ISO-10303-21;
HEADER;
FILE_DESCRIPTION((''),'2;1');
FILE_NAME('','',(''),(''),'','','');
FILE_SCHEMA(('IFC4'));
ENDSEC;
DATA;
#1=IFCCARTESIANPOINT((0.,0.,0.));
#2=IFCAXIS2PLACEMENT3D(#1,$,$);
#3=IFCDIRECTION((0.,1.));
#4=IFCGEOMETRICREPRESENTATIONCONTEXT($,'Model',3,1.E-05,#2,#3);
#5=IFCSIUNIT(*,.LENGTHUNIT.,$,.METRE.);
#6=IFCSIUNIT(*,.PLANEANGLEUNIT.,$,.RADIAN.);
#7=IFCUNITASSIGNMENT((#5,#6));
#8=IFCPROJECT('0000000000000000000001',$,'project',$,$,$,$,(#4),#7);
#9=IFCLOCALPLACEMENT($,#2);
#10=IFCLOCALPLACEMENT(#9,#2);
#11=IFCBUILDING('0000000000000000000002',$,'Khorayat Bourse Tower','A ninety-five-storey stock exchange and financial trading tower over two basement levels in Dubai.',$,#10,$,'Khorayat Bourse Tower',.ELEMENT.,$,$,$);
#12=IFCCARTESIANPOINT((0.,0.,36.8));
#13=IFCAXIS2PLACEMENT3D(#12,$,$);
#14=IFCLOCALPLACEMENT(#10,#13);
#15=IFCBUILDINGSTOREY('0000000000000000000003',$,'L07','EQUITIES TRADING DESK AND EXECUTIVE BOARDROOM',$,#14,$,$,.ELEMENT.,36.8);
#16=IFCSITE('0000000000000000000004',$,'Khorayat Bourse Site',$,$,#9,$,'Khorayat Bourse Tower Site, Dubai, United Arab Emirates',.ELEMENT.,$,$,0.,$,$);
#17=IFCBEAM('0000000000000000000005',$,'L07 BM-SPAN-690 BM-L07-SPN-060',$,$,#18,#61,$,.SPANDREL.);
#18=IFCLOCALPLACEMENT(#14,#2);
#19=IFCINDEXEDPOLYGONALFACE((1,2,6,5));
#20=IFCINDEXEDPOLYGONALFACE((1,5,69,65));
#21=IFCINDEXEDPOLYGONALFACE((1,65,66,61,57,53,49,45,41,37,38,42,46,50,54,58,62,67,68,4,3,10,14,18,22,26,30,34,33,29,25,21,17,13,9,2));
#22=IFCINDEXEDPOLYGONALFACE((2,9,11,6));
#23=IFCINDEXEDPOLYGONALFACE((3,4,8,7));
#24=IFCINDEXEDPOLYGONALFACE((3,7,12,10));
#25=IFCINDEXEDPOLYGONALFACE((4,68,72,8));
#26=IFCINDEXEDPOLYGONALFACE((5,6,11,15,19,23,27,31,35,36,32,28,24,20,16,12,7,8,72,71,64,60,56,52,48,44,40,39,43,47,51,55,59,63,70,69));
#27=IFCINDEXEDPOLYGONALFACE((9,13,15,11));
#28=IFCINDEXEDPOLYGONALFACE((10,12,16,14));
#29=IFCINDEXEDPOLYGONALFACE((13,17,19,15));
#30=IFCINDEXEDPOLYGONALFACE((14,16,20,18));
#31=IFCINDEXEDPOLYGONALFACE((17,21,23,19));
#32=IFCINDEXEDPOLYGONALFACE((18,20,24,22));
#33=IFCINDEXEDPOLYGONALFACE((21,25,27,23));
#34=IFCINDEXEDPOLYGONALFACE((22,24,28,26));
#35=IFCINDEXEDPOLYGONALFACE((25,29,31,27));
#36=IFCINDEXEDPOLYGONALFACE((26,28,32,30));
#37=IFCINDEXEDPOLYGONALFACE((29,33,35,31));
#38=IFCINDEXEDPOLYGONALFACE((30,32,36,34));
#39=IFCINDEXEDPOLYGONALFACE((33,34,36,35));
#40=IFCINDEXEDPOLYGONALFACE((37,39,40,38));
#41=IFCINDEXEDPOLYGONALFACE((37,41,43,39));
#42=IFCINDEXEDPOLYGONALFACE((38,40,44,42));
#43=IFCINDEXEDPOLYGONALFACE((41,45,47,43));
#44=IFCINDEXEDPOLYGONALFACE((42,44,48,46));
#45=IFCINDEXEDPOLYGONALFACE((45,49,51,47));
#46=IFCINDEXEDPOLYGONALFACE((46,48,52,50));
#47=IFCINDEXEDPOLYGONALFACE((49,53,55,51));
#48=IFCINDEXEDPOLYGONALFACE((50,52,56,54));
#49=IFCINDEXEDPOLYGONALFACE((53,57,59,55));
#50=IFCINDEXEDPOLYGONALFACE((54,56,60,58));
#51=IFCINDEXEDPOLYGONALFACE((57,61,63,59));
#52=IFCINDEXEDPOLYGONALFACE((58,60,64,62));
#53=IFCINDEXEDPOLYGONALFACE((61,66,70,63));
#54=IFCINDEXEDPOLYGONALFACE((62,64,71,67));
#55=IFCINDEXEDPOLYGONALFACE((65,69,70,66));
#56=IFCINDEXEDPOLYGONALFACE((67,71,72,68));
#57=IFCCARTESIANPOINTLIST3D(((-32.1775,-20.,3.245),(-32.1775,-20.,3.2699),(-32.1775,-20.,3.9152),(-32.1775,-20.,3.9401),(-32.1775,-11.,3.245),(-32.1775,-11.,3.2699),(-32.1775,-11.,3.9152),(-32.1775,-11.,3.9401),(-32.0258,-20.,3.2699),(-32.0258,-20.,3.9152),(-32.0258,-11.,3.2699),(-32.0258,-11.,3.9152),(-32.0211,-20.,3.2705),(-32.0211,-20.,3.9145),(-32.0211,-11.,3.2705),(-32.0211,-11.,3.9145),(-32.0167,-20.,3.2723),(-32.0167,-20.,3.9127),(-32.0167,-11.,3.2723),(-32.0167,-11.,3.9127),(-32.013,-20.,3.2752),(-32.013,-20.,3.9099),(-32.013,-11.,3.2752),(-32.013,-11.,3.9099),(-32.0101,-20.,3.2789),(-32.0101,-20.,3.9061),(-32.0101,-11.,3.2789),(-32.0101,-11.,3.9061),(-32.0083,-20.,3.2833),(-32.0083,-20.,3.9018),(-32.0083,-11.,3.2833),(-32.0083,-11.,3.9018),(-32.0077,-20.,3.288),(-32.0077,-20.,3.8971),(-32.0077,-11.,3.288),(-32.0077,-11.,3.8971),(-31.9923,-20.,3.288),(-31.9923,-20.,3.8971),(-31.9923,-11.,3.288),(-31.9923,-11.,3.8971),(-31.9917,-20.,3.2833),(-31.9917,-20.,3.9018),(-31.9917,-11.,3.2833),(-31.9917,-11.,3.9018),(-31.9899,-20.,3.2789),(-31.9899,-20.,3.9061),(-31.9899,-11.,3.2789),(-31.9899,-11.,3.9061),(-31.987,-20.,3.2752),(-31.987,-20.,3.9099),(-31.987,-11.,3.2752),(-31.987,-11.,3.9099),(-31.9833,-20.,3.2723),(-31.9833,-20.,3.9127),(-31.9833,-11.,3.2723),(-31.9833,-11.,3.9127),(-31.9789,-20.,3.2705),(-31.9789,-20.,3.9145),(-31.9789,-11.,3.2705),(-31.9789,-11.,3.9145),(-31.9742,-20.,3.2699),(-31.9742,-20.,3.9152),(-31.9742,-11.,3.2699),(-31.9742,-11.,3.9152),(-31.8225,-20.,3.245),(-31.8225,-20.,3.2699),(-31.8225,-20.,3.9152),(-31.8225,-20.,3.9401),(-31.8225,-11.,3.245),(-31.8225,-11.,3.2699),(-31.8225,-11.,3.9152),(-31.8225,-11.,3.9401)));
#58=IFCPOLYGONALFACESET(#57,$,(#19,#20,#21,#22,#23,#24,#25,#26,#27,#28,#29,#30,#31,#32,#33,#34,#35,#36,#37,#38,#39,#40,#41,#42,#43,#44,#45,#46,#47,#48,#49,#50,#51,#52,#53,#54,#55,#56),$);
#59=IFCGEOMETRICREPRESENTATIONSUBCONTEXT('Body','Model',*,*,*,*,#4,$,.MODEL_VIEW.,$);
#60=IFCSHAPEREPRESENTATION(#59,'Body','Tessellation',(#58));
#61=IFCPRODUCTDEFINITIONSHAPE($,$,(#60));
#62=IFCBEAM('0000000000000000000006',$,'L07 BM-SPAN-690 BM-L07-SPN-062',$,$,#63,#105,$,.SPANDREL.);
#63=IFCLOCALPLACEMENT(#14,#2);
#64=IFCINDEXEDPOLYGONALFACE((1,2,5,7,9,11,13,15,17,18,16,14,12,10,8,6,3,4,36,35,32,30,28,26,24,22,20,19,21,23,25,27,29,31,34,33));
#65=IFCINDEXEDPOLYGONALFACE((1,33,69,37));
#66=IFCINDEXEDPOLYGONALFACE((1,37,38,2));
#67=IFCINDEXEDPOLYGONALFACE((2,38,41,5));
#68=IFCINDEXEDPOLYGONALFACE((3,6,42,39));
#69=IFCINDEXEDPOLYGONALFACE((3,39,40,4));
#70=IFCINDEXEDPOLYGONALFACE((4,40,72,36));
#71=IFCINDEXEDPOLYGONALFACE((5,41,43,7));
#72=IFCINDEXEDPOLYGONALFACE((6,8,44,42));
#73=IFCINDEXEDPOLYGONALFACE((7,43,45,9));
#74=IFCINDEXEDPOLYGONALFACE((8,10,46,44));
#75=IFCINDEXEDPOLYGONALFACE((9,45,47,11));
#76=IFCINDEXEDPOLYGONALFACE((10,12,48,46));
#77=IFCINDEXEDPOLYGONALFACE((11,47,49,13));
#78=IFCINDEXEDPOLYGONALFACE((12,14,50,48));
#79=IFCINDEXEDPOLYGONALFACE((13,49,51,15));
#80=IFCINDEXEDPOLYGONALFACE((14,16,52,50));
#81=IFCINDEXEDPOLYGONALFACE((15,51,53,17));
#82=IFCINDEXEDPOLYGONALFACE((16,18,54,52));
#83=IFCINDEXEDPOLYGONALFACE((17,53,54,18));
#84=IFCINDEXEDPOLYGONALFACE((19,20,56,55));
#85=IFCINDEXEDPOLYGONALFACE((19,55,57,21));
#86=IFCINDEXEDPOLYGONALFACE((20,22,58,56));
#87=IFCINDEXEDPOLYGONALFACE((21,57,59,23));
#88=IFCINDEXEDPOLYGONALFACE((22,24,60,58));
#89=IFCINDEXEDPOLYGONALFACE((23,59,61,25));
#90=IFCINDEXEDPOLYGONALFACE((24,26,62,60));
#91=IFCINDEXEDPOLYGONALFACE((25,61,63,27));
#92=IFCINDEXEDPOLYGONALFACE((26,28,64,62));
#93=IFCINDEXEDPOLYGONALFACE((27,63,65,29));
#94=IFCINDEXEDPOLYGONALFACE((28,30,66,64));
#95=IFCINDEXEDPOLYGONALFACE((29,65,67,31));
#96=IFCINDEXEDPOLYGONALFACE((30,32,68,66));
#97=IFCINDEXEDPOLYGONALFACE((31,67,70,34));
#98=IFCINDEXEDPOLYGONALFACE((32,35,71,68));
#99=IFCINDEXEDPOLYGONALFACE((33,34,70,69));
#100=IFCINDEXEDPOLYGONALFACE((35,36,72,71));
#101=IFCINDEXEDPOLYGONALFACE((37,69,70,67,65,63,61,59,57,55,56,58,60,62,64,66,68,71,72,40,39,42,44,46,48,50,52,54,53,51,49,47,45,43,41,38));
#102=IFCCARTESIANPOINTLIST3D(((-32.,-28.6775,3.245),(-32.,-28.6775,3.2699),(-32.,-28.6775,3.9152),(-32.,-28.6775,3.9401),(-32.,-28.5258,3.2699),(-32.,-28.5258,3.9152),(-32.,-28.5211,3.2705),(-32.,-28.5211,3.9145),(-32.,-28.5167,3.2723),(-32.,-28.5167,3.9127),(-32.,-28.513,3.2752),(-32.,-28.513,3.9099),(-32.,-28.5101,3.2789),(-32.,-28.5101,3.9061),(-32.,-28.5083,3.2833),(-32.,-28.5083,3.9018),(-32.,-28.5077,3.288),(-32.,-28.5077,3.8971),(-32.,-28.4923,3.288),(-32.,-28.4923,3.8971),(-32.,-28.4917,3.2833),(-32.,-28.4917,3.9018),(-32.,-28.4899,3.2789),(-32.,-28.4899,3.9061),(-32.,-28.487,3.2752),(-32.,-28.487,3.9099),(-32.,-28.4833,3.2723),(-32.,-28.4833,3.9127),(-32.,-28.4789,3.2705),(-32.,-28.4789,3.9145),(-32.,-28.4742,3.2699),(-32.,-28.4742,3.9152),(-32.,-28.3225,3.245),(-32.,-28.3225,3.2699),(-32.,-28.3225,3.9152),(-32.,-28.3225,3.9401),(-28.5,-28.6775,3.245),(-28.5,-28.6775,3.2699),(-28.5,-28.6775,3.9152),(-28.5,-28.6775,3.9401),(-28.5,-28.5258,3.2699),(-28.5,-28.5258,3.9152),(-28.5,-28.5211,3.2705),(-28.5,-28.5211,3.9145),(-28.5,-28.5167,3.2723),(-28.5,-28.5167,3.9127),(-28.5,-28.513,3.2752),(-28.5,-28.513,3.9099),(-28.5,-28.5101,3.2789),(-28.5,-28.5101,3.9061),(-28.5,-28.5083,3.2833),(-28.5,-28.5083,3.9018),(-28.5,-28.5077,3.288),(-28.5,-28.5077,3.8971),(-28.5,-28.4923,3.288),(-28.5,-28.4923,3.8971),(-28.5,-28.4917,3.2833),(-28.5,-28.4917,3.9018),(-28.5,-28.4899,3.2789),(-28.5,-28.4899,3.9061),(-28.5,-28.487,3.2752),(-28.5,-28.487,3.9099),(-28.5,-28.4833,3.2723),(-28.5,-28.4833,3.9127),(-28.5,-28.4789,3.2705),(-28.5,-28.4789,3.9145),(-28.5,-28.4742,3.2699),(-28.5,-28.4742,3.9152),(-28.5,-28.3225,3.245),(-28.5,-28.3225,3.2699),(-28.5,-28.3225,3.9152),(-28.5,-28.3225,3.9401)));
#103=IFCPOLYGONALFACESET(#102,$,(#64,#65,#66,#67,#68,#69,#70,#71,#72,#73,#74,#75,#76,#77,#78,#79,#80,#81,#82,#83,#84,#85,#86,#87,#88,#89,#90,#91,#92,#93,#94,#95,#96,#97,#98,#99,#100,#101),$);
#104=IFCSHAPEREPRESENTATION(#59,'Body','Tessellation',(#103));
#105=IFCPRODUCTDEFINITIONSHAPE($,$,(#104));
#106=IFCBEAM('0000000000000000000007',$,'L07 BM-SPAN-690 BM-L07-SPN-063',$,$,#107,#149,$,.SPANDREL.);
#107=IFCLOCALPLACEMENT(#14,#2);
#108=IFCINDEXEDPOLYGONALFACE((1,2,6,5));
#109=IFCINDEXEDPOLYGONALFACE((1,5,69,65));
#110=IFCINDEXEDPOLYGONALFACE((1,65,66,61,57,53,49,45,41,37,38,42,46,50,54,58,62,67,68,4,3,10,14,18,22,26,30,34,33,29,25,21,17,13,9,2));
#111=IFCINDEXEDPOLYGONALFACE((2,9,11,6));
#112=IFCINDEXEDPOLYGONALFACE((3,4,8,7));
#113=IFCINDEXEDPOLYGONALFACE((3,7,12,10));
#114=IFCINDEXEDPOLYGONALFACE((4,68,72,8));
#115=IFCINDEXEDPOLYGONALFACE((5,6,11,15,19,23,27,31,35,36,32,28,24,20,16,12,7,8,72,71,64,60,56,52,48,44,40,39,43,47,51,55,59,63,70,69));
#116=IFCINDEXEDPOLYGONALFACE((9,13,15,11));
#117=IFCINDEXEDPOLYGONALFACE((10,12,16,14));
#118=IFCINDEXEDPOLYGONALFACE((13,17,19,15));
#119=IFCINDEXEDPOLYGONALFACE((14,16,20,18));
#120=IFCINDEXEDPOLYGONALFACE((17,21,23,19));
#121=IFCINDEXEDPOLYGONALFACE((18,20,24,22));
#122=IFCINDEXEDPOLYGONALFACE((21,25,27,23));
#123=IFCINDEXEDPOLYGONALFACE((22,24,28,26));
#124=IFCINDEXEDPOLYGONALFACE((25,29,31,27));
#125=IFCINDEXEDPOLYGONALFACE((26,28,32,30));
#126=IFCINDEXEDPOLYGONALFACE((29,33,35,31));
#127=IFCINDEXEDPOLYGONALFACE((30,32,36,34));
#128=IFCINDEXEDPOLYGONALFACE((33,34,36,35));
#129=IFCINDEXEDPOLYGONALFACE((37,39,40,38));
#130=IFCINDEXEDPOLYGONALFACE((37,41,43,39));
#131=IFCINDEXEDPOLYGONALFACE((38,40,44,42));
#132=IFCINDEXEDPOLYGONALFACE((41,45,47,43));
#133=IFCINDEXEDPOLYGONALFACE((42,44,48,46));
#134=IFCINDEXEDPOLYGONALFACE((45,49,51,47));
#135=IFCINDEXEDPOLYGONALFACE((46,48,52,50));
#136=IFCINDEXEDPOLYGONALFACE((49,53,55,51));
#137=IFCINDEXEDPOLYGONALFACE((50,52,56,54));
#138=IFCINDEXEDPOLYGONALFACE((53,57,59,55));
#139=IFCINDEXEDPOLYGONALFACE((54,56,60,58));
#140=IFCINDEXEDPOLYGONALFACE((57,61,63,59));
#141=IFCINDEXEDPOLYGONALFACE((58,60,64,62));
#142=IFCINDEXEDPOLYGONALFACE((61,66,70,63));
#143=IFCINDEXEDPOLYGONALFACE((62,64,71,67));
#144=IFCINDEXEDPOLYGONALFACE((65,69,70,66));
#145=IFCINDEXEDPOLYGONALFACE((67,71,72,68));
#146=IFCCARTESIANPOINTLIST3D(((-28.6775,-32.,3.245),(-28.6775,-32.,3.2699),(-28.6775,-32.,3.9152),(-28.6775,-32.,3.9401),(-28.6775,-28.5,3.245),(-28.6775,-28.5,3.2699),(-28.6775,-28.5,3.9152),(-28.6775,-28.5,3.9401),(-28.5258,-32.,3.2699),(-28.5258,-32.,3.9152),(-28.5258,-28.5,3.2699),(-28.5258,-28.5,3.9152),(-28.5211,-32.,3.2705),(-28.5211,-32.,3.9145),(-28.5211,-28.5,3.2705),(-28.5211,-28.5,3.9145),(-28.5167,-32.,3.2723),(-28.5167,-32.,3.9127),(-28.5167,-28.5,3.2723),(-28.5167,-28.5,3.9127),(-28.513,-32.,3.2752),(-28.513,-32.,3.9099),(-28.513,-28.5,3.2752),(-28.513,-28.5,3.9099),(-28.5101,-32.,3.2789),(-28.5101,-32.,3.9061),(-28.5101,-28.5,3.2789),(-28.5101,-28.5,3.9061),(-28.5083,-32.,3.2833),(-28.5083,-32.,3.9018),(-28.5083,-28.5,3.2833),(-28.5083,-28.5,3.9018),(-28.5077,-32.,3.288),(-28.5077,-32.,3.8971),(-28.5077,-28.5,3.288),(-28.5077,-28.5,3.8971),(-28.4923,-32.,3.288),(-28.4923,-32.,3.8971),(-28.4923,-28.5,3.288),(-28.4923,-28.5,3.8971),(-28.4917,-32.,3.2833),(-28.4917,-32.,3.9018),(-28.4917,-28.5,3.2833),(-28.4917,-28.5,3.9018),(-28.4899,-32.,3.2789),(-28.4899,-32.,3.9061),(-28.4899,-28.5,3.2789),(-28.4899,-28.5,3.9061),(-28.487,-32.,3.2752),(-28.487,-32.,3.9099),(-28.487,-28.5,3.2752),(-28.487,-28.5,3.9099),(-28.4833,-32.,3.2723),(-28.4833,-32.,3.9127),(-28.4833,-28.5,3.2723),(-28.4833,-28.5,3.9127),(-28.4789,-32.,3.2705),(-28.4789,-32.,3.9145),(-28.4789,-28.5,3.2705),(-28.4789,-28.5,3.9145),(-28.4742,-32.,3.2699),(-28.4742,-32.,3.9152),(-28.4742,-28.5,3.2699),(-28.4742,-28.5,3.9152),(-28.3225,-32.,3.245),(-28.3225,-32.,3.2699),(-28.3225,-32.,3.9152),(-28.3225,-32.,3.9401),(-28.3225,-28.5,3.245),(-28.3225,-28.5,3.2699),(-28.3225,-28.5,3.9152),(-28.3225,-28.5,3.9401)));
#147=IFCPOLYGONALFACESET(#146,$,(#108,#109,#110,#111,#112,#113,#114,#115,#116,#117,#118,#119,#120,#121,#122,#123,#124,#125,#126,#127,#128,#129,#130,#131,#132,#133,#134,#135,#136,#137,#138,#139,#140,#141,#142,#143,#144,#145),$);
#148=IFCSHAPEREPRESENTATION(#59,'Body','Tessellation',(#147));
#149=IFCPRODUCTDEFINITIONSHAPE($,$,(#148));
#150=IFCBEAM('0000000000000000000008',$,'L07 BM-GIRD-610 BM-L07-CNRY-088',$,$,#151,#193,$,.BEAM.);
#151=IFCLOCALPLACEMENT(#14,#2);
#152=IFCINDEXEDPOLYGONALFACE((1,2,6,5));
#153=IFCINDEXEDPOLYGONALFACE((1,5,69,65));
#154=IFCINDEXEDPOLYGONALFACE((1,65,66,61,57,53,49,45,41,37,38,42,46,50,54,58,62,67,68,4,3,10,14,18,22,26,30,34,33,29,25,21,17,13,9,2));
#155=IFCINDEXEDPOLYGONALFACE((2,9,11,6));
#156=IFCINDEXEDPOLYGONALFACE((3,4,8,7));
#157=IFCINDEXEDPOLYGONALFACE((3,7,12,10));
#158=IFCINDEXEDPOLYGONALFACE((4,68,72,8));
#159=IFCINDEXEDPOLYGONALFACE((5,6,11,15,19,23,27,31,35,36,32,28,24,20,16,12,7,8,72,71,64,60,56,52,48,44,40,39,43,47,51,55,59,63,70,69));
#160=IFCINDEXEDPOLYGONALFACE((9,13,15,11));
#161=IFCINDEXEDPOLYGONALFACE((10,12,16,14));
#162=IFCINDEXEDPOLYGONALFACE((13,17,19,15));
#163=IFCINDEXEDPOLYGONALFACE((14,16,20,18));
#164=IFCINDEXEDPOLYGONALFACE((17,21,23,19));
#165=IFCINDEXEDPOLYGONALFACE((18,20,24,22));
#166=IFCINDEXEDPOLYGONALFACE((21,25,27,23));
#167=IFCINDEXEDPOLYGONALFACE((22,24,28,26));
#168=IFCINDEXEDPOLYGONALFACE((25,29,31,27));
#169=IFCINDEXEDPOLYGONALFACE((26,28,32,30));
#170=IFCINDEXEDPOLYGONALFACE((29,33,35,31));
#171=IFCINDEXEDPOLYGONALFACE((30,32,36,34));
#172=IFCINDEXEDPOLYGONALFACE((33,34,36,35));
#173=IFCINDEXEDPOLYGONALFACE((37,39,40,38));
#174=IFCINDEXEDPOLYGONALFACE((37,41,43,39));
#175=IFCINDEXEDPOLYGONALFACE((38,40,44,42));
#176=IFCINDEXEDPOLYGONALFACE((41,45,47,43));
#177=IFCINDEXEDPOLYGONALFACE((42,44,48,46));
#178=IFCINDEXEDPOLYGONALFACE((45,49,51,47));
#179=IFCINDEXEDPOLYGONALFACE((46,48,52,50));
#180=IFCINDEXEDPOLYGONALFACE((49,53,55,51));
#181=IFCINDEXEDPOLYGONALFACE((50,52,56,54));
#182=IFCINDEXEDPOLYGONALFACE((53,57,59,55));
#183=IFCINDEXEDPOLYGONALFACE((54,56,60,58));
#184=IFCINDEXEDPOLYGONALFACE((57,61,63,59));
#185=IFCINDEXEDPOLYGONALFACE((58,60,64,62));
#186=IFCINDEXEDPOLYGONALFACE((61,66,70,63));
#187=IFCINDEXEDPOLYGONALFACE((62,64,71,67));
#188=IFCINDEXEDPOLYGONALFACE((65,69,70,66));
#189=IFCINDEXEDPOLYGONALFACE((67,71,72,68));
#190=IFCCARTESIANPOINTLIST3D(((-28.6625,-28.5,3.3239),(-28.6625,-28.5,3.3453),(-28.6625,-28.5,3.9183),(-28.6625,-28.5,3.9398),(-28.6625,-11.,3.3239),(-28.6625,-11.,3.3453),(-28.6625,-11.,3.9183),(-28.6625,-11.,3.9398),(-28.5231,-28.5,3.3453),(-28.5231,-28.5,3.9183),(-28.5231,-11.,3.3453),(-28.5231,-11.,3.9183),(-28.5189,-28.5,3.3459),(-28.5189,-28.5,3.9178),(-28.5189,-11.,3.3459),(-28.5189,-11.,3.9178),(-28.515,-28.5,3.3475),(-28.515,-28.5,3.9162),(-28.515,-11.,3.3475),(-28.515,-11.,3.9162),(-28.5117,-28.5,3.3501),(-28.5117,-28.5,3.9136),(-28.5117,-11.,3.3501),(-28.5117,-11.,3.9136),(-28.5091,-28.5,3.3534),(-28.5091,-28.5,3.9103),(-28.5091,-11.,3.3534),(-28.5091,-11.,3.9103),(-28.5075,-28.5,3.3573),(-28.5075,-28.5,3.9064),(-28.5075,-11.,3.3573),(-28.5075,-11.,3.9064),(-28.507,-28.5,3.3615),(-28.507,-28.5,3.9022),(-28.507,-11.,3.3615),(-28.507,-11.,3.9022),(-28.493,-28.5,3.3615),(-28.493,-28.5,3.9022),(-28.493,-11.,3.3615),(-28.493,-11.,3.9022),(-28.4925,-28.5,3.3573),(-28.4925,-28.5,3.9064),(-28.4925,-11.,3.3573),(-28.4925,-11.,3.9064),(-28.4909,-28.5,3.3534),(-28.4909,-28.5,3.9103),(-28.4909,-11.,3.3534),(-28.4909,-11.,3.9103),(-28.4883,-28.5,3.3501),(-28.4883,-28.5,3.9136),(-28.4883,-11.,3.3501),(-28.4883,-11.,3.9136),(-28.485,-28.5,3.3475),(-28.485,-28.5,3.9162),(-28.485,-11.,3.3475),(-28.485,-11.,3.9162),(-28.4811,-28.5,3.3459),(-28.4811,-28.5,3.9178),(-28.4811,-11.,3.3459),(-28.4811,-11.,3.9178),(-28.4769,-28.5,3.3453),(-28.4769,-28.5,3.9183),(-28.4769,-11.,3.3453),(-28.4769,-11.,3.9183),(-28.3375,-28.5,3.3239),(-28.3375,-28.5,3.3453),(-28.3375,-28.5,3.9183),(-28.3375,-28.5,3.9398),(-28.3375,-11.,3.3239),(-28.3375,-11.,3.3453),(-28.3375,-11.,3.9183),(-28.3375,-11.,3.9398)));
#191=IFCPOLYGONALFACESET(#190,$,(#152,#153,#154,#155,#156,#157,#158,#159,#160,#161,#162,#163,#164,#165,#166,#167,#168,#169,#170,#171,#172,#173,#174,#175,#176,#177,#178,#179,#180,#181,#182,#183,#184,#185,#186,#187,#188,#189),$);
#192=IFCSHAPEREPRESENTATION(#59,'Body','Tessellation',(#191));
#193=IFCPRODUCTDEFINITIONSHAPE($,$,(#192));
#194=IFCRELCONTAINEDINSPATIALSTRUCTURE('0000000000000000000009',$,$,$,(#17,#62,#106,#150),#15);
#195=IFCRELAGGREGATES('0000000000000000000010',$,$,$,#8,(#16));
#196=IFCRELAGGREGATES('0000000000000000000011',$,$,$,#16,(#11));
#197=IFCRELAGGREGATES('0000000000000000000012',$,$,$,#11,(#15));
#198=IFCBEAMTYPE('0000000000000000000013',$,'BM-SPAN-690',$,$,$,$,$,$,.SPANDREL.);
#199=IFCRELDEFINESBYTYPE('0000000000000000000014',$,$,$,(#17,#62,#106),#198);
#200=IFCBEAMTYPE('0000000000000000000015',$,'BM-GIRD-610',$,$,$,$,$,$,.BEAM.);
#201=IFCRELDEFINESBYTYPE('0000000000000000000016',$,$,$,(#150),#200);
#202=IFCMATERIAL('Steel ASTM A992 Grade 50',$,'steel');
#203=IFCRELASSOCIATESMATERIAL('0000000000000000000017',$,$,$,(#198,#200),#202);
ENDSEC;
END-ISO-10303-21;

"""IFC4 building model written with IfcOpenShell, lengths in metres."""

from ifc_helpers import new_model, si_unit, direction, frame, origin, origin_2d, place, context, subcontext, project, spatial, i_section, extrude, source, transform, mapped, material, material_profile, profile_set, type_object, element, save


model = new_model("IFC4")

# Units and contexts
model_context = context("Model", 3, precision=1e-05, world=origin(), true_north=direction((0.0, 1.0)))
body_context = subcontext(model_context, "Body", "Model", "MODEL_VIEW")
ifc_project = project(units=[si_unit("LENGTHUNIT", "METRE"), si_unit("PLANEANGLEUNIT", "RADIAN")], contexts=[model_context])

# Site, building, storey
site_placement = place(None, origin())
site = spatial("IfcSite", under=ifc_project, at=site_placement, Name="Khorayat Bourse Site", LongName="Khorayat Bourse Tower Site, Dubai, United Arab Emirates", CompositionType="ELEMENT", RefElevation=0.0)
building_placement = place(site_placement, origin())
building = spatial("IfcBuilding", under=site, at=building_placement, Name="Khorayat Bourse Tower", Description="A ninety-five-storey stock exchange and financial trading tower over two basement levels in Dubai.", LongName="Khorayat Bourse Tower", CompositionType="ELEMENT")
storey_placement = place(building_placement, frame((0.0, 0.0, 36.8)))
storey = spatial("IfcBuildingStorey", under=building, at=storey_placement, Name="L07", Description="EQUITIES TRADING DESK AND EXECUTIVE BOARDROOM", CompositionType="ELEMENT", Elevation=36.8)

# Beams
ifc_material_1 = material(Name="Steel ASTM A992 Grade 50", Category="steel")
ifc_material_profile_1 = material_profile(ifc_material_1, i_section(OverallWidth=0.355, OverallDepth=0.6951, WebThickness=0.0154, FlangeThickness=0.0249, FilletRadius=0.0181, at=origin_2d()), Name="W690X217")
ifc_profile_set_1 = profile_set([ifc_material_profile_1], Name="Steel ASTM A992 Grade 50")
beam_type_1 = type_object("IfcBeamType", Name="BM-SPAN-690", PredefinedType="SPANDREL", material=ifc_profile_set_1)
shared_shape_1 = source(origin(), body_context, "Body", "SweptSolid", [
    extrude(i_section(OverallWidth=0.355, OverallDepth=0.6951, WebThickness=0.0154, FlangeThickness=0.0249, FilletRadius=0.0181, at=origin_2d()), origin(), (0.0, 0.0, 1.0), 9.0),
])
beam_1_placement = place(storey_placement, frame((-32.0, -20.0, 3.5925), z_axis=(0.0, 1.0, 0.0), x_axis=(-1.0, 0.0, 0.0)))
element("IfcBeam", 1, at=beam_1_placement, inside=storey, type_object=beam_type_1, Name="L07 BM-SPAN-690 BM-L07-SPN-060", PredefinedType="SPANDREL", context=body_context, shape_type="MappedRepresentation", body=[
    mapped(shared_shape_1, transform((0.0, 0.0, 0.0), scale=1.0)),
])
shared_shape_2 = source(origin(), body_context, "Body", "SweptSolid", [
    extrude(i_section(OverallWidth=0.355, OverallDepth=0.6951, WebThickness=0.0154, FlangeThickness=0.0249, FilletRadius=0.0181, at=origin_2d()), origin(), (0.0, 0.0, 1.0), 3.5),
])
for number, where, z_axis, x_axis, name in (
    (2, (-32.0, -28.5, 3.5925), (1.0, 0.0, 0.0), (0.0, 1.0, 0.0), "L07 BM-SPAN-690 BM-L07-SPN-062"),
    (3, (-28.5, -32.0, 3.5925), (0.0, 1.0, 0.0), (-1.0, 0.0, 0.0), "L07 BM-SPAN-690 BM-L07-SPN-063"),
):
    element("IfcBeam", number, at=place(storey_placement, frame(where, z_axis=z_axis, x_axis=x_axis)), inside=storey, type_object=beam_type_1, Name=name, PredefinedType="SPANDREL", context=body_context, shape_type="MappedRepresentation", body=[
        mapped(shared_shape_2, transform((0.0, 0.0, 0.0), scale=1.0)),
    ])
ifc_material_profile_2 = material_profile(ifc_material_1, i_section(OverallWidth=0.325, OverallDepth=0.616, WebThickness=0.0139, FlangeThickness=0.0215, FilletRadius=0.0161, at=origin_2d()), Name="W610X174")
ifc_profile_set_2 = profile_set([ifc_material_profile_2], Name="Steel ASTM A992 Grade 50")
beam_type_2 = type_object("IfcBeamType", Name="BM-GIRD-610", PredefinedType="BEAM", material=ifc_profile_set_2)
shared_shape_3 = source(origin(), body_context, "Body", "SweptSolid", [
    extrude(i_section(OverallWidth=0.325, OverallDepth=0.616, WebThickness=0.0139, FlangeThickness=0.0215, FilletRadius=0.0161, at=origin_2d()), origin(), (0.0, 0.0, 1.0), 17.5),
])
beam_2_placement = place(storey_placement, frame((-28.5, -28.5, 3.6318), z_axis=(0.0, 1.0, 0.0), x_axis=(-1.0, 0.0, 0.0)))
element("IfcBeam", 4, at=beam_2_placement, inside=storey, type_object=beam_type_2, Name="L07 BM-GIRD-610 BM-L07-CNRY-088", PredefinedType="BEAM", context=body_context, shape_type="MappedRepresentation", body=[
    mapped(shared_shape_3, transform((0.0, 0.0, 0.0), scale=1.0)),
])

save(model, "model.ifc")
